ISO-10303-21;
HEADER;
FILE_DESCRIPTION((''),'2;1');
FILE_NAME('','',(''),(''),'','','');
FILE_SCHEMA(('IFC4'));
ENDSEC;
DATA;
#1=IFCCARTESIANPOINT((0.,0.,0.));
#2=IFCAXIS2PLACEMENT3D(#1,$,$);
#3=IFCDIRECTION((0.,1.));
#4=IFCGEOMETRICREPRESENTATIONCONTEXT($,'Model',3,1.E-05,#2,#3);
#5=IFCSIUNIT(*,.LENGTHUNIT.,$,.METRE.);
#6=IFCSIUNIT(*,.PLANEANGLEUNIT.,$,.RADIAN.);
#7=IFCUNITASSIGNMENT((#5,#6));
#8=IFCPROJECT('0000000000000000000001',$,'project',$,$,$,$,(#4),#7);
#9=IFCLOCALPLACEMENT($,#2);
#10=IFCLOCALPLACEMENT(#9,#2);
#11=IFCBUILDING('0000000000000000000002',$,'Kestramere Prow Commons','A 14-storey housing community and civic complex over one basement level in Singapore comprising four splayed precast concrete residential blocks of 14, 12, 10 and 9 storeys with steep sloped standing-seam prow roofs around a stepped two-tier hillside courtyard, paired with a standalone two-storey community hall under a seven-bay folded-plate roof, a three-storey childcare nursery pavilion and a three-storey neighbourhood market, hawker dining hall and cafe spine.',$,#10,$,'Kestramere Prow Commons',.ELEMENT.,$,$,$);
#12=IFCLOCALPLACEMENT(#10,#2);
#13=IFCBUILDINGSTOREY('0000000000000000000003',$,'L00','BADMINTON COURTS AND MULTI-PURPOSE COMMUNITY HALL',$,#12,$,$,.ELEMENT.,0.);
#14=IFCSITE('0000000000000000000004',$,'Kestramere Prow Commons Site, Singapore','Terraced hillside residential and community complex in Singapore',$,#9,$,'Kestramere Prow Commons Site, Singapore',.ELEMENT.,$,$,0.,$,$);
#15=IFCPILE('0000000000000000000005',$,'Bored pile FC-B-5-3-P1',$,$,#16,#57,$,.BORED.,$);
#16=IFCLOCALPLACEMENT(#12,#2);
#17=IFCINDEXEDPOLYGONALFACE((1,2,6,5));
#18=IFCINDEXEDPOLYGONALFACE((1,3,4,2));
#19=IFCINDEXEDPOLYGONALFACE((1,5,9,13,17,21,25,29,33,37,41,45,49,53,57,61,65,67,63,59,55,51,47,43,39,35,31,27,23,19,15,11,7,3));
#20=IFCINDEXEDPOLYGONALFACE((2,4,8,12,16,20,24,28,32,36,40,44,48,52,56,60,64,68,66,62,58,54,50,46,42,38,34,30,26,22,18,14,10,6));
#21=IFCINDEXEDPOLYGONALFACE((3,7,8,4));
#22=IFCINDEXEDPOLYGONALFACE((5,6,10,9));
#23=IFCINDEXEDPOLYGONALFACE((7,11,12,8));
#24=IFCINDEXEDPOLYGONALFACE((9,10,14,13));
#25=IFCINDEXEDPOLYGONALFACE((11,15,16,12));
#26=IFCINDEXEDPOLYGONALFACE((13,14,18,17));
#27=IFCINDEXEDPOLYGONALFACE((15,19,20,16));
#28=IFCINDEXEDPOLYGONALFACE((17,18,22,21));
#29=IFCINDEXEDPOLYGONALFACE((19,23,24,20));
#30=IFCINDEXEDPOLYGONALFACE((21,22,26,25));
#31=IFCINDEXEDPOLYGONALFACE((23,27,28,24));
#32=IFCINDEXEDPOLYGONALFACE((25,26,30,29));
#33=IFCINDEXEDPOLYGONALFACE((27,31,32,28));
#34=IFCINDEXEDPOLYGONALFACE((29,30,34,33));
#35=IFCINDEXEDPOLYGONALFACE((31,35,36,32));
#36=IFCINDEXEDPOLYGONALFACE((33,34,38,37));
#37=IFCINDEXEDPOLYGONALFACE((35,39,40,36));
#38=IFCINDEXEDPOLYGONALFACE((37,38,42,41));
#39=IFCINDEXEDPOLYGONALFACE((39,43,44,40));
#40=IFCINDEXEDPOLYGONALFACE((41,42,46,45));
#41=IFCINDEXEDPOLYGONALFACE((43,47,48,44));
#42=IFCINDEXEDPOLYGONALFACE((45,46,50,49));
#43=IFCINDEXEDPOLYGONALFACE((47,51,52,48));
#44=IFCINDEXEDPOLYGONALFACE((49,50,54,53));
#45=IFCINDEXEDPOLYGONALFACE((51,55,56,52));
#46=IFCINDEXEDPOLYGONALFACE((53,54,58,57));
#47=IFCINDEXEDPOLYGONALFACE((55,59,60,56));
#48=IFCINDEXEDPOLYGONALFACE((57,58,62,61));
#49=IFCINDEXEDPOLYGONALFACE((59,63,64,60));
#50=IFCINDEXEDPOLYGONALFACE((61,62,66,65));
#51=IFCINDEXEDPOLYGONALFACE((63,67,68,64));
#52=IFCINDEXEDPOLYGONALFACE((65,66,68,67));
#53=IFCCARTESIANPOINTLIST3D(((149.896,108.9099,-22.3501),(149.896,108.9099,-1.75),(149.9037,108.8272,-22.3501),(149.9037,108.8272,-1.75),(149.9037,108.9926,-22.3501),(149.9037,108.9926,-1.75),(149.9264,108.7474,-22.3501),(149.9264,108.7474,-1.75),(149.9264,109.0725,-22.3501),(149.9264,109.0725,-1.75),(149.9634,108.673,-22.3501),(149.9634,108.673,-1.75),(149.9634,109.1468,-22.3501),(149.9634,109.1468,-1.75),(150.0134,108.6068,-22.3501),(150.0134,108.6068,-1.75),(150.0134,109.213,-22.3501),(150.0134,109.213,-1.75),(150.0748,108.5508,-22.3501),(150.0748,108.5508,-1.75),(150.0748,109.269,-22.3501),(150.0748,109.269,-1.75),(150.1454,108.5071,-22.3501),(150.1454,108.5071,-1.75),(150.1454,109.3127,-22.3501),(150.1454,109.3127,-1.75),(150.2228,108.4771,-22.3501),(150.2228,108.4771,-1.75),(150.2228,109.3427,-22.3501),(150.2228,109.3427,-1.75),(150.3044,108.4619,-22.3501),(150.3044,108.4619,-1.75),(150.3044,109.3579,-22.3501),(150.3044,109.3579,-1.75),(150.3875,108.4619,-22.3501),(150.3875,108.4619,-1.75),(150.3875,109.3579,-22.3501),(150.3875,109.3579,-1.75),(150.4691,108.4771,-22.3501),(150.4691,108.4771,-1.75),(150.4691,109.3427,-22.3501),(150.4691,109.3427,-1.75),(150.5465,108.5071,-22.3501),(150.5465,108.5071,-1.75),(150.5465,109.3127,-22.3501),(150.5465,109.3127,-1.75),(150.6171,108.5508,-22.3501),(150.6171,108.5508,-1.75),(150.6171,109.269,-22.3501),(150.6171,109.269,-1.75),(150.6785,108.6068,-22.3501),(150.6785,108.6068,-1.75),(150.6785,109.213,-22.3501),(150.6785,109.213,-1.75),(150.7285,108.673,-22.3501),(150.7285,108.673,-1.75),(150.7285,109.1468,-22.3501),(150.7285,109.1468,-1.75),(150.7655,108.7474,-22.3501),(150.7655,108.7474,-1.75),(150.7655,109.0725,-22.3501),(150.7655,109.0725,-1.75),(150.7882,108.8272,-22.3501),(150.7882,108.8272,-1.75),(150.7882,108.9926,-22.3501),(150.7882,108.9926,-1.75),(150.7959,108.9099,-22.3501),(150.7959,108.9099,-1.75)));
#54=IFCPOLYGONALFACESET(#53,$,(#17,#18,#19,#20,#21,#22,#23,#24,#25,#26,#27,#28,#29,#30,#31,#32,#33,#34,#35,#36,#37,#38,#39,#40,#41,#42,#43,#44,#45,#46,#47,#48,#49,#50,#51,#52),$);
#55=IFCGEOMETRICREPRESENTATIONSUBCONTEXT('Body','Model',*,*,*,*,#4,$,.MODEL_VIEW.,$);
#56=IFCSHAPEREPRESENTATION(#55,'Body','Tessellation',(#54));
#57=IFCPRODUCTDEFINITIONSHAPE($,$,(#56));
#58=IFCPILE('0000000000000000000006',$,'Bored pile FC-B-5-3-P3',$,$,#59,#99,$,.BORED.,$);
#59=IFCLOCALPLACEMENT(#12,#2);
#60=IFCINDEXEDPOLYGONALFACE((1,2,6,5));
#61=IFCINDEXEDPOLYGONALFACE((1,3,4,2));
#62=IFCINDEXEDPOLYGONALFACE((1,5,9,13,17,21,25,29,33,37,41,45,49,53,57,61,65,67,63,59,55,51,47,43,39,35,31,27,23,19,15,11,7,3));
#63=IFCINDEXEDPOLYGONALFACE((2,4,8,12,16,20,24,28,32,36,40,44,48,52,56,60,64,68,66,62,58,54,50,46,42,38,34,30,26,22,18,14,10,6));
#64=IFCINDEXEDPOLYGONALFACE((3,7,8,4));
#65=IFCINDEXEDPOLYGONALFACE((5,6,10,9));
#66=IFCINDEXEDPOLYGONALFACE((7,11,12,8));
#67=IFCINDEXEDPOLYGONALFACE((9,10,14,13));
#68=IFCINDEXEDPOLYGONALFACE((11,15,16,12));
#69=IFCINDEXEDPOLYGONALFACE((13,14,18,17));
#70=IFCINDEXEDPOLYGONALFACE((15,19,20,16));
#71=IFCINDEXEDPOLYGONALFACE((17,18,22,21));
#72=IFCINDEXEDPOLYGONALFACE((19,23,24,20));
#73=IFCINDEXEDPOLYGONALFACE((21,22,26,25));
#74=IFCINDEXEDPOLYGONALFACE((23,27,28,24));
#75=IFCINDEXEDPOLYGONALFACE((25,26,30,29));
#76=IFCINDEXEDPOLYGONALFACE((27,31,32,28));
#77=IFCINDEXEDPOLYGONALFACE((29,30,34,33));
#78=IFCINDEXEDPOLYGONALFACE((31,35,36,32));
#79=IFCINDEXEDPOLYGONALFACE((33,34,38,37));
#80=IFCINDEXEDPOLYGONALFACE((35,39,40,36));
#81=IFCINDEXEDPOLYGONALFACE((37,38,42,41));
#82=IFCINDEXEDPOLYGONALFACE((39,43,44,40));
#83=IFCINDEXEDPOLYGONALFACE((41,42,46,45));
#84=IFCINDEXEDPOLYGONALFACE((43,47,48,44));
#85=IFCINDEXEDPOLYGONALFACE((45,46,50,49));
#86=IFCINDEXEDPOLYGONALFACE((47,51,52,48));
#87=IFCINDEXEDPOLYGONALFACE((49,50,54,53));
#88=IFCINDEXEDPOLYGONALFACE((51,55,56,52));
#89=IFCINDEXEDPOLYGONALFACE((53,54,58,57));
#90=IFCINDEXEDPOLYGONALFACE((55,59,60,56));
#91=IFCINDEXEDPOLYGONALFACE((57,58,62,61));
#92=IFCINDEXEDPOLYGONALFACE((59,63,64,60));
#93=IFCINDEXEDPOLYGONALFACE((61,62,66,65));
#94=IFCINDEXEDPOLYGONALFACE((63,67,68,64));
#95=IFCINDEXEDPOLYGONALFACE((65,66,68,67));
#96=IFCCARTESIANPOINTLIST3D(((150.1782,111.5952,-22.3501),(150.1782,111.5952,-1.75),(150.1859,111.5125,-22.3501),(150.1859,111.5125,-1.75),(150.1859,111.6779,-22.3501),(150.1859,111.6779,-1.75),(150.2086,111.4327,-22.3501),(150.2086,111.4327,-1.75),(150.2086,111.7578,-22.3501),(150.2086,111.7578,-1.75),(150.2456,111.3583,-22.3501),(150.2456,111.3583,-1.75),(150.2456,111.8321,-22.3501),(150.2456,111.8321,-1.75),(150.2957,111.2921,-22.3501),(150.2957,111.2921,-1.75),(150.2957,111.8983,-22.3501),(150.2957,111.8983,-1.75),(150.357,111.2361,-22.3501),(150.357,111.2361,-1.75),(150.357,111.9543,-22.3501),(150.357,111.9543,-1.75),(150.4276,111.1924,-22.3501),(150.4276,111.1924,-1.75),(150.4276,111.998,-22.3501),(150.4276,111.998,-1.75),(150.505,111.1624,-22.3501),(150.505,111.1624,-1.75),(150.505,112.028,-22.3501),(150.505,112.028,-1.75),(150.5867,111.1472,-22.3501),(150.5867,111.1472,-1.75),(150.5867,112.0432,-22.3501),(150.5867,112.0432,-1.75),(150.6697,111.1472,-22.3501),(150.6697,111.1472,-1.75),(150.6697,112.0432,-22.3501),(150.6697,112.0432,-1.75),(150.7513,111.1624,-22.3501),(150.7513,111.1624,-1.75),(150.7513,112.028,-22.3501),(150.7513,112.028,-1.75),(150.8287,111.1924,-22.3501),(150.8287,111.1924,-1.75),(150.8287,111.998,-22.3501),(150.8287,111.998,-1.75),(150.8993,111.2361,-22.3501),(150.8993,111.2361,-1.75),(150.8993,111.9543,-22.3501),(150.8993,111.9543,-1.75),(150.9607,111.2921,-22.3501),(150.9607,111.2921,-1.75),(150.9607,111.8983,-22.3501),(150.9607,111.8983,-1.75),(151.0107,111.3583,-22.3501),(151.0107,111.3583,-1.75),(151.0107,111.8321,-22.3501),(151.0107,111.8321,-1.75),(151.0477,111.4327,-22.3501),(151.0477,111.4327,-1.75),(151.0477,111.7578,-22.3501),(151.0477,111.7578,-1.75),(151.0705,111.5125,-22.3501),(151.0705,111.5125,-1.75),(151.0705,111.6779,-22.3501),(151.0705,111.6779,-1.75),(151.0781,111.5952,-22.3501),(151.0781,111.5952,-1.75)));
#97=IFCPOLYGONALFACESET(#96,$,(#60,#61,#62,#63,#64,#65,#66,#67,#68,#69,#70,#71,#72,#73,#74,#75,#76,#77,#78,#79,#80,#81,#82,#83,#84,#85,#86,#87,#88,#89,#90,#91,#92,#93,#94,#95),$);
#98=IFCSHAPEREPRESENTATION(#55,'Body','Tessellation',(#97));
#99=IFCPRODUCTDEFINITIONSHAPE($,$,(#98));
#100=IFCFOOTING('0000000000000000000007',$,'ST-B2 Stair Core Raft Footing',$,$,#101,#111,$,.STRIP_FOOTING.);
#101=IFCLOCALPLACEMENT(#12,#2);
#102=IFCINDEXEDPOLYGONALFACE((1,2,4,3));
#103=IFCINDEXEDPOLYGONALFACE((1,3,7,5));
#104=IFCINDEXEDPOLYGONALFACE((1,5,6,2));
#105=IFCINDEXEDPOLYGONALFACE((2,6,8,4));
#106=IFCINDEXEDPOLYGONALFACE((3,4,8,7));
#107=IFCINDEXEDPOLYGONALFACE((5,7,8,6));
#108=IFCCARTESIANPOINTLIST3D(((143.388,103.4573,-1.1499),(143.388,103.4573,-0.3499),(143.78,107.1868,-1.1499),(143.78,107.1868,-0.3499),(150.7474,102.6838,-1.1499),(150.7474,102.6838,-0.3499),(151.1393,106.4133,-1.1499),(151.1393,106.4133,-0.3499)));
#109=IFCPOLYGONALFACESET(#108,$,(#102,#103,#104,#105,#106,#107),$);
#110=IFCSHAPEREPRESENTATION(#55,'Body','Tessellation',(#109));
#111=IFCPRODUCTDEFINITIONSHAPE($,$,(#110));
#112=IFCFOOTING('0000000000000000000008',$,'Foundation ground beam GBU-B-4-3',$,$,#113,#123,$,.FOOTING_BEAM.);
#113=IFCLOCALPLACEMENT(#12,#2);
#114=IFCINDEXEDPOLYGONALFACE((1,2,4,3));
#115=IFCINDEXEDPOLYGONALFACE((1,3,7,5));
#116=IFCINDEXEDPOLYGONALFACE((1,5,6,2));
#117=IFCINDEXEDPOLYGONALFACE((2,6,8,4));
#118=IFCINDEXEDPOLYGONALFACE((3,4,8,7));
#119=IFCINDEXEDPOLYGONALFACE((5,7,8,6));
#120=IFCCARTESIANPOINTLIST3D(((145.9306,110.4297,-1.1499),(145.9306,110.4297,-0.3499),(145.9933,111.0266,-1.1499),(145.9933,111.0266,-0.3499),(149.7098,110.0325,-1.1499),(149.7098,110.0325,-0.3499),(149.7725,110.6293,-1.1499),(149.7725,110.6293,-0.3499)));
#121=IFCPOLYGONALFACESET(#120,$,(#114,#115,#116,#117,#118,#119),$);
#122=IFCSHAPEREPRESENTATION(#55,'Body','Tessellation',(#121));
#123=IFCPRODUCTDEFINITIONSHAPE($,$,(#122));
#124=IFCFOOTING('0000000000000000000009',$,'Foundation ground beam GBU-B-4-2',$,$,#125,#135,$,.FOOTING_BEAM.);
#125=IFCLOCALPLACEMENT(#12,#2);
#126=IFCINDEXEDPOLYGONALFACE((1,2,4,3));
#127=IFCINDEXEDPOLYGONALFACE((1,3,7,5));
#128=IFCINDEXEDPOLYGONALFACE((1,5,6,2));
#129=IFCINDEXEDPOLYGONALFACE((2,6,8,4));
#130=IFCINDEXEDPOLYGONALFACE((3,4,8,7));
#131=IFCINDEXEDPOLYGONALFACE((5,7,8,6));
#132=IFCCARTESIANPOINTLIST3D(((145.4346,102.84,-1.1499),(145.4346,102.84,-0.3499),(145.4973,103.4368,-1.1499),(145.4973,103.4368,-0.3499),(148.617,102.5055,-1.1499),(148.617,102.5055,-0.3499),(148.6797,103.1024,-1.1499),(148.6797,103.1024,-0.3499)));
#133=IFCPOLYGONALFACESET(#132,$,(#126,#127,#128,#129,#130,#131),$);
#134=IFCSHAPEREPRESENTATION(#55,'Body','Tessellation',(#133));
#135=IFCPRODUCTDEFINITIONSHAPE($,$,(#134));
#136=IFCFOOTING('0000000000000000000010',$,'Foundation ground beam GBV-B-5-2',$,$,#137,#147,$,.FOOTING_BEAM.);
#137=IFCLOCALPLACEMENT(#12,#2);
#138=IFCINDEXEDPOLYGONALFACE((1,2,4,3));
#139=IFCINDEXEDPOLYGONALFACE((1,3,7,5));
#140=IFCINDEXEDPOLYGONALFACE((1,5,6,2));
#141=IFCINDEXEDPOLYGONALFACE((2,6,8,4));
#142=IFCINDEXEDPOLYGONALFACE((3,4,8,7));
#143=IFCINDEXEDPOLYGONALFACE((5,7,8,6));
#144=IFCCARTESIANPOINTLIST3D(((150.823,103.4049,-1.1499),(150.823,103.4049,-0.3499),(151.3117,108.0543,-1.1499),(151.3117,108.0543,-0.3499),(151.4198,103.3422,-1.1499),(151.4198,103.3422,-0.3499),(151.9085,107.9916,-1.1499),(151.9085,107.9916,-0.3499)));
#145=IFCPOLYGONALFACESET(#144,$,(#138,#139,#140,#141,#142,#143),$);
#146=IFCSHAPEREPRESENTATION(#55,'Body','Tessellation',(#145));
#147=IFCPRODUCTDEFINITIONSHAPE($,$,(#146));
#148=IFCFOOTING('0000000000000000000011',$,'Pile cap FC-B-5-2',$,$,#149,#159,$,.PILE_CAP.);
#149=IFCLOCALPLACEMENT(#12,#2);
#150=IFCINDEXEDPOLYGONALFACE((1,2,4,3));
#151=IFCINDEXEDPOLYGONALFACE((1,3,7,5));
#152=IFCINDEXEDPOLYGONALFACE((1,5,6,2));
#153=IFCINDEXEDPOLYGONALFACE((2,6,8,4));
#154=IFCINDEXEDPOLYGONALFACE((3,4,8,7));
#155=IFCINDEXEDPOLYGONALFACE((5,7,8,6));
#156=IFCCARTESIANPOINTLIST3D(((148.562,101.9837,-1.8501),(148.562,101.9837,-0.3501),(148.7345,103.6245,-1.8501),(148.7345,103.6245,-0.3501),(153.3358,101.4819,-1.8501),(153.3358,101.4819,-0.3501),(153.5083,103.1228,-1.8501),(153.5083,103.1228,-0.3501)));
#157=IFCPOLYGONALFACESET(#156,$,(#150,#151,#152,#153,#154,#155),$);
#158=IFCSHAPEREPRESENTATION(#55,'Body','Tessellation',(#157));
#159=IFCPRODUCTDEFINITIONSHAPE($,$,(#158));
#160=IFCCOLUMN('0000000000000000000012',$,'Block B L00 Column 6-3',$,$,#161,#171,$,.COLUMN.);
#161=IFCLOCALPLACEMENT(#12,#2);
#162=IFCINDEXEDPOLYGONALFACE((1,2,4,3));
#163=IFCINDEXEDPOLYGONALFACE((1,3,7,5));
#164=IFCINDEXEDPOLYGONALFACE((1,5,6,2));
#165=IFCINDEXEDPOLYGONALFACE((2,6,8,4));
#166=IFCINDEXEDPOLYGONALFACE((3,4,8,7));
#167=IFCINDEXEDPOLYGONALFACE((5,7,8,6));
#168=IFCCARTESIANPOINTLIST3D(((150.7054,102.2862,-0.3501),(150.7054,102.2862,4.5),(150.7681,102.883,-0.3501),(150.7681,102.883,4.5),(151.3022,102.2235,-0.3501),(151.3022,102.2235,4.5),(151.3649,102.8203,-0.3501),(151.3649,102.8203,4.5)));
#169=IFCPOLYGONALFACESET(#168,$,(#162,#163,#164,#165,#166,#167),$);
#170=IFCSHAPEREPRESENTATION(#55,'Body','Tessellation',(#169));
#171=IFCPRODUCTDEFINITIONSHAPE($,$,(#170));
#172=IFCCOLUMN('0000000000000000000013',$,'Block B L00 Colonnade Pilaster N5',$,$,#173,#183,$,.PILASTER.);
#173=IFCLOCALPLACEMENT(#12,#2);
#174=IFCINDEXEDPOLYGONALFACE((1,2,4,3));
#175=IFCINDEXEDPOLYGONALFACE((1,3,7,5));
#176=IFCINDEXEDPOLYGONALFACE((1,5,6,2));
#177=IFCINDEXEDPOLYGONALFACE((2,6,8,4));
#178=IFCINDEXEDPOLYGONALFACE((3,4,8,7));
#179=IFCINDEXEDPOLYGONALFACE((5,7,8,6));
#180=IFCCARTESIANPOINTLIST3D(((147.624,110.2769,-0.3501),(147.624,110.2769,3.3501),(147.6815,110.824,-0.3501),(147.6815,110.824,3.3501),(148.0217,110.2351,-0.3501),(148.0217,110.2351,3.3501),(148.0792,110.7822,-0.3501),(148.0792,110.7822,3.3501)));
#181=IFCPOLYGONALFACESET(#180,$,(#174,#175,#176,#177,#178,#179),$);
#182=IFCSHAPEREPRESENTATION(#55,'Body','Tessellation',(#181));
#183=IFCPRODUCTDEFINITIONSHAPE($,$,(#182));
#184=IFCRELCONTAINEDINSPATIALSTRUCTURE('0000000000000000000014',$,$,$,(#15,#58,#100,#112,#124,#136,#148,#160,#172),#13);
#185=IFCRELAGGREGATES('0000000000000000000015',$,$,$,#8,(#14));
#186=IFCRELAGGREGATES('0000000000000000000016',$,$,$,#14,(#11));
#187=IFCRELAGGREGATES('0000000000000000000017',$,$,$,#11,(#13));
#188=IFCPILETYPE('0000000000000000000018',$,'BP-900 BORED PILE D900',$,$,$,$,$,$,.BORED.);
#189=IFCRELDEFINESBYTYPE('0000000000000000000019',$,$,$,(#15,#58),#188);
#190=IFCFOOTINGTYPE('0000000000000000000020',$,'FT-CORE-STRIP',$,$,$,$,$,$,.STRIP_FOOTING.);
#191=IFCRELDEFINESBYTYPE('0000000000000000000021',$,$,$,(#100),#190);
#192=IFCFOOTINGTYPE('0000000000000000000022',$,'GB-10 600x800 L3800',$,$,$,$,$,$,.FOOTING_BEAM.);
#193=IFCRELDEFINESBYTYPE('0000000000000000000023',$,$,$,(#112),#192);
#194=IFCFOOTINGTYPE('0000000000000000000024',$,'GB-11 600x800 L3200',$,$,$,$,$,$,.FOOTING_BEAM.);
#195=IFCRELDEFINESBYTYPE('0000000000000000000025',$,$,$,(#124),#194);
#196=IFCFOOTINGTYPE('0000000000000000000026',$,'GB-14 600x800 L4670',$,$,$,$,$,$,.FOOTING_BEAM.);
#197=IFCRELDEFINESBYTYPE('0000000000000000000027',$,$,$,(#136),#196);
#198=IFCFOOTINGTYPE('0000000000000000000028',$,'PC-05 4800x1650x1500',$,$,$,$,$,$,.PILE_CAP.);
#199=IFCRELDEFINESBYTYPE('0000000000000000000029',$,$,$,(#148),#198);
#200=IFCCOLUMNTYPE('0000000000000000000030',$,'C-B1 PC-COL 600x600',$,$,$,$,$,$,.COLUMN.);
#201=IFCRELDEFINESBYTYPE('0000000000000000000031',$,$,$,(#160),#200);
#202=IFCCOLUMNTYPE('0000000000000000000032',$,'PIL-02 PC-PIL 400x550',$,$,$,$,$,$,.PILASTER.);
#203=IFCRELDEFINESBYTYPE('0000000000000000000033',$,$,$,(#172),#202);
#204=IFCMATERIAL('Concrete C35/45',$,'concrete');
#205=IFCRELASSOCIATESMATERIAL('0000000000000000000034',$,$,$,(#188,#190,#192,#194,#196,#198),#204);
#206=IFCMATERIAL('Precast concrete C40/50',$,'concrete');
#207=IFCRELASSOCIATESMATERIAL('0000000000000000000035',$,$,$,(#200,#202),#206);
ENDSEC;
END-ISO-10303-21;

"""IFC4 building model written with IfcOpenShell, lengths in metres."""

from ifc_helpers import new_model, si_unit, direction, frame, origin, origin_2d, place, context, subcontext, project, spatial, rectangle, circle, extrude, material, material_profile, profile_set, type_object, element, save


model = new_model("IFC4")

# Units and contexts
model_context = context("Model", 3, precision=1e-05, world=origin(), true_north=direction((0.0, 1.0)))
body_context = subcontext(model_context, "Body", "Model", "MODEL_VIEW")
ifc_project = project(units=[si_unit("LENGTHUNIT", "METRE"), si_unit("PLANEANGLEUNIT", "RADIAN")], contexts=[model_context])

# Site, building, storey
site_placement = place(None, origin())
site = spatial("IfcSite", under=ifc_project, at=site_placement, Name="Kestramere Prow Commons Site, Singapore", Description="Terraced hillside residential and community complex in Singapore", LongName="Kestramere Prow Commons Site, Singapore", CompositionType="ELEMENT", RefElevation=0.0)
building_placement = place(site_placement, origin())
building = spatial("IfcBuilding", under=site, at=building_placement, Name="Kestramere Prow Commons", Description="A 14-storey housing community and civic complex over one basement level in Singapore comprising four splayed precast concrete residential blocks of 14, 12, 10 and 9 storeys with steep sloped standing-seam prow roofs around a stepped two-tier hillside courtyard, paired with a standalone two-storey community hall under a seven-bay folded-plate roof, a three-storey childcare nursery pavilion and a three-storey neighbourhood market, hawker dining hall and cafe spine.", LongName="Kestramere Prow Commons", CompositionType="ELEMENT")
storey_placement = place(building_placement, origin())
storey = spatial("IfcBuildingStorey", under=building, at=storey_placement, Name="L00", Description="BADMINTON COURTS AND MULTI-PURPOSE COMMUNITY HALL", CompositionType="ELEMENT", Elevation=0.0)

# Piles
ifc_material_1 = material(Name="Concrete C35/45", Category="concrete")
ifc_material_profile_1 = material_profile(ifc_material_1, circle(Radius=0.45, at=origin_2d()), Name="BORED PILE D900")
ifc_profile_set_1 = profile_set([ifc_material_profile_1], Name="Concrete C35/45")
pile_type_1 = type_object("IfcPileType", Name="BP-900 BORED PILE D900", PredefinedType="BORED", material=ifc_profile_set_1)
for number, where, z_axis, x_axis, name in (
    (1, (150.3459, 108.9099, -1.75), (0.0, 0.0, -1.0), (1.0, 0.0, 0.0), "Bored pile FC-B-5-3-P1"),
    (2, (150.6282, 111.5952, -1.75), (0.0, 0.0, -1.0), (1.0, 0.0, 0.0), "Bored pile FC-B-5-3-P3"),
):
    element("IfcPile", number, at=place(storey_placement, frame(where, z_axis=z_axis, x_axis=x_axis)), inside=storey, type_object=pile_type_1, Name=name, PredefinedType="BORED", context=body_context, shape_type="SweptSolid", body=[
        extrude(circle(Radius=0.45, at=origin_2d()), origin(), (0.0, 0.0, 1.0), 20.6001),
    ])

# Footings
footing_type_1 = type_object("IfcFootingType", Name="FT-CORE-STRIP", PredefinedType="STRIP_FOOTING", material=ifc_material_1)
footing_1_placement = place(storey_placement, frame((147.2637, 104.9353, -1.1499), z_axis=(0.0, 0.0, 1.0), x_axis=(0.994522, -0.104528, 0.0)))
element("IfcFooting", 3, at=footing_1_placement, inside=storey, type_object=footing_type_1, Name="ST-B2 Stair Core Raft Footing", PredefinedType="STRIP_FOOTING", context=body_context, shape_type="SweptSolid", body=[
    extrude(rectangle(XDim=7.3999, YDim=3.75, at=origin_2d()), origin(), (0.0, 0.0, 1.0), 0.8),
])
footing_type_2 = type_object("IfcFootingType", Name="GB-10 600x800 L3800", PredefinedType="FOOTING_BEAM", material=ifc_material_1)
footing_2_placement = place(storey_placement, frame((147.8516, 110.5295, -1.1499), z_axis=(0.0, 0.0, 1.0), x_axis=(0.994522, -0.104528, 0.0)))
element("IfcFooting", 4, at=footing_2_placement, inside=storey, type_object=footing_type_2, Name="Foundation ground beam GBU-B-4-3", PredefinedType="FOOTING_BEAM", context=body_context, shape_type="SweptSolid", body=[
    extrude(rectangle(XDim=3.8, YDim=0.6001, at=origin_2d()), origin(), (0.0, 0.0, 1.0), 0.8),
])
footing_type_3 = type_object("IfcFootingType", Name="GB-11 600x800 L3200", PredefinedType="FOOTING_BEAM", material=ifc_material_1)
footing_3_placement = place(storey_placement, frame((147.0571, 102.9712, -1.1499), z_axis=(0.0, 0.0, 1.0), x_axis=(0.994522, -0.104528, 0.0)))
element("IfcFooting", 5, at=footing_3_placement, inside=storey, type_object=footing_type_3, Name="Foundation ground beam GBU-B-4-2", PredefinedType="FOOTING_BEAM", context=body_context, shape_type="SweptSolid", body=[
    extrude(rectangle(XDim=3.2, YDim=0.6001, at=origin_2d()), origin(), (0.0, 0.0, 1.0), 0.8),
])
footing_type_4 = type_object("IfcFootingType", Name="GB-14 600x800 L4670", PredefinedType="FOOTING_BEAM", material=ifc_material_1)
footing_4_placement = place(storey_placement, frame((151.3657, 105.6982, -1.1499), z_axis=(0.0, 0.0, 1.0), x_axis=(0.104528, 0.994522, 0.0)))
element("IfcFooting", 6, at=footing_4_placement, inside=storey, type_object=footing_type_4, Name="Foundation ground beam GBV-B-5-2", PredefinedType="FOOTING_BEAM", context=body_context, shape_type="SweptSolid", body=[
    extrude(rectangle(XDim=4.675, YDim=0.6001, at=origin_2d()), origin(), (0.0, 0.0, 1.0), 0.8),
])
footing_type_5 = type_object("IfcFootingType", Name="PC-05 4800x1650x1500", PredefinedType="PILE_CAP", material=ifc_material_1)
footing_5_placement = place(storey_placement, frame((151.0352, 102.5532, -1.8501), z_axis=(0.0, 0.0, 1.0), x_axis=(0.994522, -0.104528, 0.0)))
element("IfcFooting", 7, at=footing_5_placement, inside=storey, type_object=footing_type_5, Name="Pile cap FC-B-5-2", PredefinedType="PILE_CAP", context=body_context, shape_type="SweptSolid", body=[
    extrude(rectangle(XDim=4.8, YDim=1.6499, at=origin_2d()), origin(), (0.0, 0.0, 1.0), 1.5),
])

# Columns
ifc_material_2 = material(Name="Precast concrete C40/50", Category="concrete")
ifc_material_profile_2 = material_profile(ifc_material_2, rectangle(XDim=0.6001, YDim=0.6001, at=origin_2d()), Name="PC-COL 600x600")
ifc_profile_set_2 = profile_set([ifc_material_profile_2], Name="Precast concrete C40/50")
column_type_1 = type_object("IfcColumnType", Name="C-B1 PC-COL 600x600", PredefinedType="COLUMN", material=ifc_profile_set_2)
column_1_placement = place(storey_placement, frame((151.0352, 102.5532, -0.3501), z_axis=(0.0, 0.0, 1.0), x_axis=(0.994522, -0.104528, 0.0)))
element("IfcColumn", 8, at=column_1_placement, inside=storey, type_object=column_type_1, Name="Block B L00 Column 6-3", PredefinedType="COLUMN", context=body_context, shape_type="SweptSolid", body=[
    extrude(rectangle(XDim=0.6001, YDim=0.6001, at=origin_2d()), origin(), (0.0, 0.0, 1.0), 4.8501),
])
ifc_material_profile_3 = material_profile(ifc_material_2, rectangle(XDim=0.3999, YDim=0.55, at=origin_2d()), Name="PC-PIL 400x550")
ifc_profile_set_3 = profile_set([ifc_material_profile_3], Name="Precast concrete C40/50")
column_type_2 = type_object("IfcColumnType", Name="PIL-02 PC-PIL 400x550", PredefinedType="PILASTER", material=ifc_profile_set_3)
column_2_placement = place(storey_placement, frame((147.8516, 110.5295, -0.3501), z_axis=(0.0, 0.0, 1.0), x_axis=(0.994522, -0.104528, 0.0)))
element("IfcColumn", 9, at=column_2_placement, inside=storey, type_object=column_type_2, Name="Block B L00 Colonnade Pilaster N5", PredefinedType="PILASTER", context=body_context, shape_type="SweptSolid", body=[
    extrude(rectangle(XDim=0.3999, YDim=0.55, at=origin_2d()), origin(), (0.0, 0.0, 1.0), 3.7002),
])

save(model, "model.ifc")
